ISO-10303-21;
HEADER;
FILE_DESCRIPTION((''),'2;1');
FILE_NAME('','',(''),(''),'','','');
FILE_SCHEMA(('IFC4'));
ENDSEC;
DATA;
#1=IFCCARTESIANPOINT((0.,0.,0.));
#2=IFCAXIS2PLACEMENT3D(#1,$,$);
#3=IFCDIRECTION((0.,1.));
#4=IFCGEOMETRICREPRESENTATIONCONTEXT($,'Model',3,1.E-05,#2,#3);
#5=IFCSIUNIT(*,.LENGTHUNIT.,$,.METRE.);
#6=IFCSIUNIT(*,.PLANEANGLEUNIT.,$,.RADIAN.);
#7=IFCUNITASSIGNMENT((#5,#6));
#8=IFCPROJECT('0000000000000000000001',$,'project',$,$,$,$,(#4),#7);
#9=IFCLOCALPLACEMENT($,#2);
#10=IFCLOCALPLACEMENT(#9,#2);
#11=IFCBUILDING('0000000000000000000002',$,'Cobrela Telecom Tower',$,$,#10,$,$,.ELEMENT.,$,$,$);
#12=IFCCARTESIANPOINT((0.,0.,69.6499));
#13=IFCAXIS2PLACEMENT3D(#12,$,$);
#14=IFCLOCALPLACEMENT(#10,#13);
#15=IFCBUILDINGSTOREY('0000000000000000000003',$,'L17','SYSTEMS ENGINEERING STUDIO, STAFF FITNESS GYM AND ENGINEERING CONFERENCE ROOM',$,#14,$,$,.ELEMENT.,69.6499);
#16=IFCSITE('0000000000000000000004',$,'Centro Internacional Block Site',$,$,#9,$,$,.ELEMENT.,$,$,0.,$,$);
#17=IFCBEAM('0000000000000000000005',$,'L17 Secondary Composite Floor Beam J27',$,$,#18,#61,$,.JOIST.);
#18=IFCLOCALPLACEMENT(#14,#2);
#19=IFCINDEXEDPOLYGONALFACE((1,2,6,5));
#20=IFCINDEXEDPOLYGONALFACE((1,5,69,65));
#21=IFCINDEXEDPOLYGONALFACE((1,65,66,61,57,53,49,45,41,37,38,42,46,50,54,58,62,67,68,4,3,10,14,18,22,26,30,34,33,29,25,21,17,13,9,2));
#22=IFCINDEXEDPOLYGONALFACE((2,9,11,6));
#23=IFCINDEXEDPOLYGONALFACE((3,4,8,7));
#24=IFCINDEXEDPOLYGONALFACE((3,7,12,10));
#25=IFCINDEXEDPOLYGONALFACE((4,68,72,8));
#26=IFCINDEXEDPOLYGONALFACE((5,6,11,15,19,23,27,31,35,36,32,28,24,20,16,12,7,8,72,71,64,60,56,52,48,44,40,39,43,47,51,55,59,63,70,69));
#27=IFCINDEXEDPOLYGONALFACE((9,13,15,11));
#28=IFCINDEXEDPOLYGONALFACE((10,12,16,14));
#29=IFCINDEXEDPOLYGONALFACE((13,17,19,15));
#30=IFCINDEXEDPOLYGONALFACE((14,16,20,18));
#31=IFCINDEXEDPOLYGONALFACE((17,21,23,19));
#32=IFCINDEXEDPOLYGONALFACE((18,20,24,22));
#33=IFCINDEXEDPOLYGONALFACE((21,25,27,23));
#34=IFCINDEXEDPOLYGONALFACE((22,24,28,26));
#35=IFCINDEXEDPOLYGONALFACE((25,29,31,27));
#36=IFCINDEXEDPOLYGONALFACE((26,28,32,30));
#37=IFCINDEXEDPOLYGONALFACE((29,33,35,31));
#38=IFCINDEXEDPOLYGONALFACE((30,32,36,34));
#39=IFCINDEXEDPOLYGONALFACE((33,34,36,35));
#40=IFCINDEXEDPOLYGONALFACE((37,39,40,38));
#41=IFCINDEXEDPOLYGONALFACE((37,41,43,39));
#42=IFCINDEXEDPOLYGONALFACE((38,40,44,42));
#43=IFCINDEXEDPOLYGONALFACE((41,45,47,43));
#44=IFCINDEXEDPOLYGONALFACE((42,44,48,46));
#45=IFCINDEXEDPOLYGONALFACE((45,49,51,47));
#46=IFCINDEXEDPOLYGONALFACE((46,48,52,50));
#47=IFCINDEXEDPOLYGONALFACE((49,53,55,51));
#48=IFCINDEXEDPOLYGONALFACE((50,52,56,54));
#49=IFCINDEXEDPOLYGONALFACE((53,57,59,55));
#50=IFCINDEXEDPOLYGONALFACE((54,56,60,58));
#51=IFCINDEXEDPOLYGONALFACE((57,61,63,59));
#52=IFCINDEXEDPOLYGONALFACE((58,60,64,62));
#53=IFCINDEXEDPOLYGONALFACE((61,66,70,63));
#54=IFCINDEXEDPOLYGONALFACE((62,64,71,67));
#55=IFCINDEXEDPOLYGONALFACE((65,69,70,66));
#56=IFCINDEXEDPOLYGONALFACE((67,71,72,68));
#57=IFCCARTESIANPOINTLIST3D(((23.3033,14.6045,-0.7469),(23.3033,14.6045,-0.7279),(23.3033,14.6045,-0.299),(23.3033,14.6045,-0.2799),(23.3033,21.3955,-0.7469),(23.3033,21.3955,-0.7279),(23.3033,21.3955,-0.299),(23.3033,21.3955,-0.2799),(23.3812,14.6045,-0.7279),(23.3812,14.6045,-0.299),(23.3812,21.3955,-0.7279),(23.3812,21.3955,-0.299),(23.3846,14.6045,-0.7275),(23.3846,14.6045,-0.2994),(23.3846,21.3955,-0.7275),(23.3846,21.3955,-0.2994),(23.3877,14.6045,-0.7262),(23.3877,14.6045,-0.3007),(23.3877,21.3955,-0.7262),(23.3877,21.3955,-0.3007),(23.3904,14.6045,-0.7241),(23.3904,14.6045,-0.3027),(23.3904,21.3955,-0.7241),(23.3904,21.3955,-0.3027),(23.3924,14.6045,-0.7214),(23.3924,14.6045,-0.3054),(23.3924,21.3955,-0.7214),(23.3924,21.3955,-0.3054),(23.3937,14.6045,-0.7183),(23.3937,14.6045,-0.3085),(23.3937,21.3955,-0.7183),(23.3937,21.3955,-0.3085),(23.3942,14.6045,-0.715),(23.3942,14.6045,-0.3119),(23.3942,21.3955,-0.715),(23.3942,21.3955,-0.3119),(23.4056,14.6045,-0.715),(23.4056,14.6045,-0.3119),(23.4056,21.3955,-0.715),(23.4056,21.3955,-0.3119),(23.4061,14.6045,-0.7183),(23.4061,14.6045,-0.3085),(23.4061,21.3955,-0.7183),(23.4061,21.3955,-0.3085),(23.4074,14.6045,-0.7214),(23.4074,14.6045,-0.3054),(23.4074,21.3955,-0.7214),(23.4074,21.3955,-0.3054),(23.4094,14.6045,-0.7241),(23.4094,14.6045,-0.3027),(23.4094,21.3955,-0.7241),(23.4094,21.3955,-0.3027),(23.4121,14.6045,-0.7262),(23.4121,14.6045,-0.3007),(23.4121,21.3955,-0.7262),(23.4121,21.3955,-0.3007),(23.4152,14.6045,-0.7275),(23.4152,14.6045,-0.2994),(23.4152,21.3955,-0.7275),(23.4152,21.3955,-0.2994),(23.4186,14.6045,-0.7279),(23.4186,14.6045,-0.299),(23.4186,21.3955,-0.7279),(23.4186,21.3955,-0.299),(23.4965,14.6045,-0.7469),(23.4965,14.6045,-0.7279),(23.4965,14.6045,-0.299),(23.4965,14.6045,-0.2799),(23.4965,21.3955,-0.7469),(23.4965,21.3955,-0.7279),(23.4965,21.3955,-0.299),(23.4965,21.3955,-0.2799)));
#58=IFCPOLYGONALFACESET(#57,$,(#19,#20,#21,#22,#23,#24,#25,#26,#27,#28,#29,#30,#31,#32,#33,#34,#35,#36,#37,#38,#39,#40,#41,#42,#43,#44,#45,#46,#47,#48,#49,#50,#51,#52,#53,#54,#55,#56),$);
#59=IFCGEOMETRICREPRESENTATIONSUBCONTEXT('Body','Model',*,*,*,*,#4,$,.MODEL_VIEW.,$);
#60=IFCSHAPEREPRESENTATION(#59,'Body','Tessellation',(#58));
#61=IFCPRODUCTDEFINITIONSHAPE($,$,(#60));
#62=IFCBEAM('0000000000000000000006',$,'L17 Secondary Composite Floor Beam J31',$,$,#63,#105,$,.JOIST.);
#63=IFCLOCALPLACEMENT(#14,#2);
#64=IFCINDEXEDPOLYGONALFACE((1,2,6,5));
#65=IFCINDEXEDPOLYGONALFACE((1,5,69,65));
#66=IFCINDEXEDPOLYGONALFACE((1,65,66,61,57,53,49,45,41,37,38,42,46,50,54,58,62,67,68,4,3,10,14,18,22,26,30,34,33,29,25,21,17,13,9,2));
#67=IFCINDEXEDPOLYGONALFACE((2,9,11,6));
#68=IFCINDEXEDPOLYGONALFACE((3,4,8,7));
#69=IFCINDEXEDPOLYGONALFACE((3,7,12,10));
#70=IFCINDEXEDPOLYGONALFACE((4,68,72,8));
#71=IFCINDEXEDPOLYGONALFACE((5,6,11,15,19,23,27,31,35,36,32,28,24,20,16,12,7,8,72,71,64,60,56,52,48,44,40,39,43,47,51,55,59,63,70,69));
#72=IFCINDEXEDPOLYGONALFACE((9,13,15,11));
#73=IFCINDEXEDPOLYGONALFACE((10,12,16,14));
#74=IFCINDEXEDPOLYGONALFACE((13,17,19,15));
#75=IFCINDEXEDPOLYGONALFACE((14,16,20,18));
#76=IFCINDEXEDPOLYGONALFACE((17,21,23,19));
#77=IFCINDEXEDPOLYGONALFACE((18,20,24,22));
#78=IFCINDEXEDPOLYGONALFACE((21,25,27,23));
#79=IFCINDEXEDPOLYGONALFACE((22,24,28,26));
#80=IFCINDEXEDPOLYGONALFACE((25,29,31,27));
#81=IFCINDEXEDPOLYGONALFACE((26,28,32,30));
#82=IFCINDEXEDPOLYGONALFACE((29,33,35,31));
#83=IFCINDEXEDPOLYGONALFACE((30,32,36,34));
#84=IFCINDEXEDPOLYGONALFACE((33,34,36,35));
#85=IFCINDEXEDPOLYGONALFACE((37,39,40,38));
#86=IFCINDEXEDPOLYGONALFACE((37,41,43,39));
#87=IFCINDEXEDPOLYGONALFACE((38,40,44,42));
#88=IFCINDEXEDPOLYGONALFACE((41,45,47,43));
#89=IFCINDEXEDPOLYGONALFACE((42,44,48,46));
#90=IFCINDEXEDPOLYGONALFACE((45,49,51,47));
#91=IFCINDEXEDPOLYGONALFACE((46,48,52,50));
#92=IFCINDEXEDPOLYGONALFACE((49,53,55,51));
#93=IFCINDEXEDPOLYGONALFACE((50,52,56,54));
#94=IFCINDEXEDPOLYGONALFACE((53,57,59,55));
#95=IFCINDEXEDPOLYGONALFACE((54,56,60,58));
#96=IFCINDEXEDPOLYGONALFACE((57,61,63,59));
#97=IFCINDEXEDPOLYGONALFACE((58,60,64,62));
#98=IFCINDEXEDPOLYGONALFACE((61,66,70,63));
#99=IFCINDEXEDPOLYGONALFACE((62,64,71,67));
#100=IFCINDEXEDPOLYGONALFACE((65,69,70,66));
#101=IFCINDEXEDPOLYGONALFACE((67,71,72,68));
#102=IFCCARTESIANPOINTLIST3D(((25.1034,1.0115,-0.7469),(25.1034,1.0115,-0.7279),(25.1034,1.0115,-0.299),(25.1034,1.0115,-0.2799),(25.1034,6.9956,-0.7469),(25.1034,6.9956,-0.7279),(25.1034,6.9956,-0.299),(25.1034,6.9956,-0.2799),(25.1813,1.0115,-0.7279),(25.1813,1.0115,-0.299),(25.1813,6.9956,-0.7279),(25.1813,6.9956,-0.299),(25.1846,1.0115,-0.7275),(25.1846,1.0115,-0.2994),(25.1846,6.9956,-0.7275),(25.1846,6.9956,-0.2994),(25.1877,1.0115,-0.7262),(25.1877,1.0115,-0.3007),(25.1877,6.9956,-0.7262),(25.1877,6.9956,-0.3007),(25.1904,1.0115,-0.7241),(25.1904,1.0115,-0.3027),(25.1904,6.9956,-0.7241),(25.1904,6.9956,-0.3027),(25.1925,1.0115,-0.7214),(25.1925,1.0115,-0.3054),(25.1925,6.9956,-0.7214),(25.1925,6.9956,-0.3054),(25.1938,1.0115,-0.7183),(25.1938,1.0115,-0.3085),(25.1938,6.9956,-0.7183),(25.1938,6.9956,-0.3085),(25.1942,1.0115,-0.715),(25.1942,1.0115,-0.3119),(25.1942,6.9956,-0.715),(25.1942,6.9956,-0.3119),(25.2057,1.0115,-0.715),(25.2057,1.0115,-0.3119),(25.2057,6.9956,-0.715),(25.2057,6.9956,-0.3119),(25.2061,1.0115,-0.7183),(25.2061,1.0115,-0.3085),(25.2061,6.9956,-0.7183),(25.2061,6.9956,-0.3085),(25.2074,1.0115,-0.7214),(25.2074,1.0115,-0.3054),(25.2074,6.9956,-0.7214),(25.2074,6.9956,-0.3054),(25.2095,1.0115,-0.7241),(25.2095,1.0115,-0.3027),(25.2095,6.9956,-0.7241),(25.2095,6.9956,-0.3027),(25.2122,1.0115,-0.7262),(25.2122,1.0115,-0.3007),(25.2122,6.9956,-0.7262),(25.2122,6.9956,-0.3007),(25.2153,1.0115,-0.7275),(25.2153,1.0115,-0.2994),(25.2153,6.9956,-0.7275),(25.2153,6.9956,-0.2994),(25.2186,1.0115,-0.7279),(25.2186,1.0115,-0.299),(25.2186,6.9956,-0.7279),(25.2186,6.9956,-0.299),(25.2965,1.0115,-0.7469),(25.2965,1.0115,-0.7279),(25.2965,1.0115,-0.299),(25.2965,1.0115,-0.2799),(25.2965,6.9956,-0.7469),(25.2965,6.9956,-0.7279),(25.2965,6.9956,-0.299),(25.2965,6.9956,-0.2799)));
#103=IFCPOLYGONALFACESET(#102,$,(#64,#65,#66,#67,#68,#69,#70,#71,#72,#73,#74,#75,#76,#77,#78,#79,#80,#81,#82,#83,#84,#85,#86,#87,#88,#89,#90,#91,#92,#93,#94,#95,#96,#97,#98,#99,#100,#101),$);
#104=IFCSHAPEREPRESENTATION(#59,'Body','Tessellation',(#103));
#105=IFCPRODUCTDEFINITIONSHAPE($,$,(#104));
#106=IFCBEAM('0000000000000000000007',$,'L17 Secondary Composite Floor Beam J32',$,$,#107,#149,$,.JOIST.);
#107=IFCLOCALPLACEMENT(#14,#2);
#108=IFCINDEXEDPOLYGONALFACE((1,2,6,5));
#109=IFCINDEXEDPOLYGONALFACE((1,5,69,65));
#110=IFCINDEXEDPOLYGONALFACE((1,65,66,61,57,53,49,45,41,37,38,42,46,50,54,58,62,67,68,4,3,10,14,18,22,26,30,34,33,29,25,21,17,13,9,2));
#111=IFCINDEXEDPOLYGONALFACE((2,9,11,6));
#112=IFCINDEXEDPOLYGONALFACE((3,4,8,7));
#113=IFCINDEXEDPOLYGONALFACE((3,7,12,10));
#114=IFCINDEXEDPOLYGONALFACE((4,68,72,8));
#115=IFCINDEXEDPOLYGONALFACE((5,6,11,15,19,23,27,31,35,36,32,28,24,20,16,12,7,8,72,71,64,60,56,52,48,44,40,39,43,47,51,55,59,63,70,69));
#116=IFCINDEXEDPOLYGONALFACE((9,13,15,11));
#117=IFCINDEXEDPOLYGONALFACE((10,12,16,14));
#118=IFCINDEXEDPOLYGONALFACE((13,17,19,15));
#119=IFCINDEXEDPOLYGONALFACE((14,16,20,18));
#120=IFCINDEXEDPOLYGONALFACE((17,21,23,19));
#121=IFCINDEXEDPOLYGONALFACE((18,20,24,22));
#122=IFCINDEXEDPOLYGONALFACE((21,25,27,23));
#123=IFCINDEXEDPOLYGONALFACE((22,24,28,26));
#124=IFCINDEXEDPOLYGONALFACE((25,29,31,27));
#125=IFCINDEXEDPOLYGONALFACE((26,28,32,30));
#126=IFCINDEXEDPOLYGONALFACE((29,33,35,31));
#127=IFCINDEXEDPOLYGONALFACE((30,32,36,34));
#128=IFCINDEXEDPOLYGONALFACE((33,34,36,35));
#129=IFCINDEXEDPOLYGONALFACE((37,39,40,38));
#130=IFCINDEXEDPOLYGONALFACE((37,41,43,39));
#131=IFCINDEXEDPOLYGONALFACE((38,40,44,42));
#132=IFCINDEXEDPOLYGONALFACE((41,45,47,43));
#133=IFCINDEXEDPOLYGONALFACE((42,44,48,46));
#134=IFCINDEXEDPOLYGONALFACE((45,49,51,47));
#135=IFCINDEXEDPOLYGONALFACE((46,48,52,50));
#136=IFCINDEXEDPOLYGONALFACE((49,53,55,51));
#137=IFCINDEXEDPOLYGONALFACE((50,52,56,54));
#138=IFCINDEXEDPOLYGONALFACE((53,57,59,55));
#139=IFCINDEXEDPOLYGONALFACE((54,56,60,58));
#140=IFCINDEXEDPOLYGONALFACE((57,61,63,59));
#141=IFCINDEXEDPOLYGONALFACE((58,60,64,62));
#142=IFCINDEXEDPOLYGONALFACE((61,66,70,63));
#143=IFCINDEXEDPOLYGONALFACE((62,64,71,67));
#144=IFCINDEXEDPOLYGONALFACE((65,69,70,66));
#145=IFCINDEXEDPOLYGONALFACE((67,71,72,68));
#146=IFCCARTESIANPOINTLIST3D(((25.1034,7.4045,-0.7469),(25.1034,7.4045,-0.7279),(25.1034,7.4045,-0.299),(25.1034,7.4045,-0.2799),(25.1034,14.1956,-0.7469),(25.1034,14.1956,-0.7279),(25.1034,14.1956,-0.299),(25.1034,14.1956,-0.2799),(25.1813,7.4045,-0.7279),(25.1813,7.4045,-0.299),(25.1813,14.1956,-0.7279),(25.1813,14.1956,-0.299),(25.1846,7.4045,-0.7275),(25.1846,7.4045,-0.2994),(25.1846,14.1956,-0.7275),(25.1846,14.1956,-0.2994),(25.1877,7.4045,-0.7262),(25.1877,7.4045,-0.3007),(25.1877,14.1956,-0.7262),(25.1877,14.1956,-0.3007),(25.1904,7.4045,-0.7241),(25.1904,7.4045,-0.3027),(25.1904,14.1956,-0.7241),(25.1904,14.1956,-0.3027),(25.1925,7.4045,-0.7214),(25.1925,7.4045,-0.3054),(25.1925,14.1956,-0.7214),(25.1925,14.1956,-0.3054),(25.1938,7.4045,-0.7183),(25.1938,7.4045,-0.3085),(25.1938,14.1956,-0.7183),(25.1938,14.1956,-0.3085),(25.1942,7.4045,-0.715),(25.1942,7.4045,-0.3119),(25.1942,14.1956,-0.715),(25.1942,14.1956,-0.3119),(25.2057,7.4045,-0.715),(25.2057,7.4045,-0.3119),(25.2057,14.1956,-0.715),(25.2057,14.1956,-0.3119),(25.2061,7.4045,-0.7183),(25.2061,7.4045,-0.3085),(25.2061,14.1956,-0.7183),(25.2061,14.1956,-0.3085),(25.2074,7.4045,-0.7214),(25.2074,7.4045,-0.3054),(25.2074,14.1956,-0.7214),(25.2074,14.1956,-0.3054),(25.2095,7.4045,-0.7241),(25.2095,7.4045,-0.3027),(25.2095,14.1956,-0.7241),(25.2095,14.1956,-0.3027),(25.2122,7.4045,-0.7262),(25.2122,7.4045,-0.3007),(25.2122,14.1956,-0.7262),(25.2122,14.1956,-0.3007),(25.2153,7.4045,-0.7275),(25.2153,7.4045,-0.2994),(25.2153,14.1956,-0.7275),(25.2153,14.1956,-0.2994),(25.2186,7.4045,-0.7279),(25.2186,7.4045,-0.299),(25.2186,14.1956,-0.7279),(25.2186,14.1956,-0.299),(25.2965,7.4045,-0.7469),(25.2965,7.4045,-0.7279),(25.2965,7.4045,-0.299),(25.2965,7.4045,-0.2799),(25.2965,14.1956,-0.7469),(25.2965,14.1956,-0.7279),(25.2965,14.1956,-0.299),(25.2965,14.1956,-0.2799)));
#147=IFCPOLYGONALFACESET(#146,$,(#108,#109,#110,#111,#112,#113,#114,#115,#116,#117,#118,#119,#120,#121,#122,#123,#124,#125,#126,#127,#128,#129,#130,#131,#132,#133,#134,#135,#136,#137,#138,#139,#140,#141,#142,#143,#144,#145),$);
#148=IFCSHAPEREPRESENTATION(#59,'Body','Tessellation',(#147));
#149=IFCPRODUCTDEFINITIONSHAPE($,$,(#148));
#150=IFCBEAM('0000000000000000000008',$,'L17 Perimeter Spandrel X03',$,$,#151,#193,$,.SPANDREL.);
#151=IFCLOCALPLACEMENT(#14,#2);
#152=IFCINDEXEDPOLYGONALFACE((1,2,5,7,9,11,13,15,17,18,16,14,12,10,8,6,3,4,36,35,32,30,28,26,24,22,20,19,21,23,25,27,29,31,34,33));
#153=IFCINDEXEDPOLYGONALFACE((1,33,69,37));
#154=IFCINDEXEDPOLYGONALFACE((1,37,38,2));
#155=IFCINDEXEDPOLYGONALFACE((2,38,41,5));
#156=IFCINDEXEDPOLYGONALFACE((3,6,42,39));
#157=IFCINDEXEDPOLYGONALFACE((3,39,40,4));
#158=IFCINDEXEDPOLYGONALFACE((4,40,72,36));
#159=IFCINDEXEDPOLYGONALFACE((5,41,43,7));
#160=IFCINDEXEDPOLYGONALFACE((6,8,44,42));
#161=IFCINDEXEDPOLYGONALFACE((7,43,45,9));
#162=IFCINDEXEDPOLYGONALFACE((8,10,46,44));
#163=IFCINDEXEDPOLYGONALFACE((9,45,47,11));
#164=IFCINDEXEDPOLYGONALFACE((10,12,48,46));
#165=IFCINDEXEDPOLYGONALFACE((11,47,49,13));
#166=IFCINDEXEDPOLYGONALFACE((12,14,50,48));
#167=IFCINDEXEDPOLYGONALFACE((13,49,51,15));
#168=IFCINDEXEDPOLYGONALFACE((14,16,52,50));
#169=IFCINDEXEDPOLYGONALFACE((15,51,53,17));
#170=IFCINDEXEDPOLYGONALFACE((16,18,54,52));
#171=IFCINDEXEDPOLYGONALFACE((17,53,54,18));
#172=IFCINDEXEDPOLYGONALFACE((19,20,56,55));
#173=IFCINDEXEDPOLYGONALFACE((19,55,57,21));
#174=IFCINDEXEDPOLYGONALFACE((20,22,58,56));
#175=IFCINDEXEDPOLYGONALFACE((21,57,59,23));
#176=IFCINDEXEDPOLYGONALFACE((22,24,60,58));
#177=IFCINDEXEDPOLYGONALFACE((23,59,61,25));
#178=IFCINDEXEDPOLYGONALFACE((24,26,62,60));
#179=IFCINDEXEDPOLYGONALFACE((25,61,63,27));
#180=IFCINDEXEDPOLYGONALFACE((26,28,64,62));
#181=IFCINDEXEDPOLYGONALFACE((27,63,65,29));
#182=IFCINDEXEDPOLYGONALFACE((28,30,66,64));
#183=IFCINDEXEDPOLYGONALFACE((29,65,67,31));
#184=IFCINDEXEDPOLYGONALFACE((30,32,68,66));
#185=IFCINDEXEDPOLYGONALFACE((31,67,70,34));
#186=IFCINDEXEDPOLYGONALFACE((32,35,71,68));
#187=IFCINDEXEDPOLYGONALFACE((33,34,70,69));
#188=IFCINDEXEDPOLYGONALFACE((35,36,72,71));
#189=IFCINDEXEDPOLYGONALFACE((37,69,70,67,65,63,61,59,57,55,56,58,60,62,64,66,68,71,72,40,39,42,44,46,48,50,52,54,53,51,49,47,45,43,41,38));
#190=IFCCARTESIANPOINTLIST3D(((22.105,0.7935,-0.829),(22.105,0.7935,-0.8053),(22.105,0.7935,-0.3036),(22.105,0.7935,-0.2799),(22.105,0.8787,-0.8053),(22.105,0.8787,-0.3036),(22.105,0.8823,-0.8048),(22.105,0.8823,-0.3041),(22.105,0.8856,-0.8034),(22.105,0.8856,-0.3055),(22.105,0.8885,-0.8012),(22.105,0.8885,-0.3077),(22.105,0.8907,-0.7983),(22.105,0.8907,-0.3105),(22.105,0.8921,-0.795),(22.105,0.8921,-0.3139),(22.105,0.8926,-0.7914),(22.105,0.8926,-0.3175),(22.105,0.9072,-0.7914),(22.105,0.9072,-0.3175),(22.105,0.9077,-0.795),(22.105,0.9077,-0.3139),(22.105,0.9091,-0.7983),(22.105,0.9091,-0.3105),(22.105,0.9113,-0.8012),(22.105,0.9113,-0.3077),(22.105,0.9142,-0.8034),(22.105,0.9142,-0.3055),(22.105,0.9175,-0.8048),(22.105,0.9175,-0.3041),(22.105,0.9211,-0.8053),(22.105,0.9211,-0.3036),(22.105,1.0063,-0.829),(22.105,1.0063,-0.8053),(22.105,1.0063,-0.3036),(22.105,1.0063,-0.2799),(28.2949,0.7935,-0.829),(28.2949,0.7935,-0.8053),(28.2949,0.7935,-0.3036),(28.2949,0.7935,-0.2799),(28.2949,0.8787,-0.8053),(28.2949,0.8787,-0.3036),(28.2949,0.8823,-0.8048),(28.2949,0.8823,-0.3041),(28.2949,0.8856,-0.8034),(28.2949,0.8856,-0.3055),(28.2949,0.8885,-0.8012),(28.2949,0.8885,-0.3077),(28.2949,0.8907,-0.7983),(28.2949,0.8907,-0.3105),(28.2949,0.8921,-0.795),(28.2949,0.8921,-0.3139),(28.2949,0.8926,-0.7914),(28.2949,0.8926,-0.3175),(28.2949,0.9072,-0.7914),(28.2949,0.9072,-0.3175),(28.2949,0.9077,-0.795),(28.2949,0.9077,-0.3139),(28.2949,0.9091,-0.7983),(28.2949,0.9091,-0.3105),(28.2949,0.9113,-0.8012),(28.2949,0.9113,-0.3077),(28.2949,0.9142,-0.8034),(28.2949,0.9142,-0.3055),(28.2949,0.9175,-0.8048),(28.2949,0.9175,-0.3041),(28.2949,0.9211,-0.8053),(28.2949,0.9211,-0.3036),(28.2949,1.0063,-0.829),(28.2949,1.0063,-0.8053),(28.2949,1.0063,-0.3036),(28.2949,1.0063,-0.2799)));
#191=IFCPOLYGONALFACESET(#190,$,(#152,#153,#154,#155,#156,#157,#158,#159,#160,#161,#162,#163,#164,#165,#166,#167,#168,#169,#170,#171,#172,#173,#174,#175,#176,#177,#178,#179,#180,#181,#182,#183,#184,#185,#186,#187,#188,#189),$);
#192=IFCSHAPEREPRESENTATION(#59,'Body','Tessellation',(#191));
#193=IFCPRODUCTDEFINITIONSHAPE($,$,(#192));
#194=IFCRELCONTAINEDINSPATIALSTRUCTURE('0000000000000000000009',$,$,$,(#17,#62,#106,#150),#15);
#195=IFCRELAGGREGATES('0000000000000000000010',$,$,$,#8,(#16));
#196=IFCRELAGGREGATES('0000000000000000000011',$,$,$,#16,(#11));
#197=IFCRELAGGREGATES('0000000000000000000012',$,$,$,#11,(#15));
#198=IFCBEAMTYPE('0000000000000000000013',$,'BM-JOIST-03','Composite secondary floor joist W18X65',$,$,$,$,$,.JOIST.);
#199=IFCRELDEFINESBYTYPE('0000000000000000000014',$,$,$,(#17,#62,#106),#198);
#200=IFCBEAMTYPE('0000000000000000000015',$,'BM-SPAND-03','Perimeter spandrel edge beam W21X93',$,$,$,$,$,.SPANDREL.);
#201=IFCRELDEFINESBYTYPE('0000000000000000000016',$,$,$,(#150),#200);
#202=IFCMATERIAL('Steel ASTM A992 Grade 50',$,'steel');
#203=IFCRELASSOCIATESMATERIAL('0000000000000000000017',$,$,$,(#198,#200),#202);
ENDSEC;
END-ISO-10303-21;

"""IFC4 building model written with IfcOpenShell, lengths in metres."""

from ifc_helpers import new_model, si_unit, direction, frame, origin, origin_2d, place, context, subcontext, project, spatial, i_section, extrude, material, material_profile, profile_set, type_object, element, save


model = new_model("IFC4")

# Units and contexts
model_context = context("Model", 3, precision=1e-05, world=origin(), true_north=direction((0.0, 1.0)))
body_context = subcontext(model_context, "Body", "Model", "MODEL_VIEW")
ifc_project = project(units=[si_unit("LENGTHUNIT", "METRE"), si_unit("PLANEANGLEUNIT", "RADIAN")], contexts=[model_context])

# Site, building, storey
site_placement = place(None, origin())
site = spatial("IfcSite", under=ifc_project, at=site_placement, Name="Centro Internacional Block Site", CompositionType="ELEMENT", RefElevation=0.0)
building_placement = place(site_placement, origin())
building = spatial("IfcBuilding", under=site, at=building_placement, Name="Cobrela Telecom Tower", CompositionType="ELEMENT")
storey_placement = place(building_placement, frame((0.0, 0.0, 69.6499)))
storey = spatial("IfcBuildingStorey", under=building, at=storey_placement, Name="L17", Description="SYSTEMS ENGINEERING STUDIO, STAFF FITNESS GYM AND ENGINEERING CONFERENCE ROOM", CompositionType="ELEMENT", Elevation=69.6499)

# Shared definitions
ifc_material_1 = material(Name="Steel ASTM A992 Grade 50", Category="steel")

# Beams
ifc_material_profile_1 = material_profile(ifc_material_1, i_section(OverallWidth=0.1931, OverallDepth=0.467, WebThickness=0.0115, FlangeThickness=0.019, FilletRadius=0.0129, at=origin_2d()), Name="W18X65")
ifc_profile_set_1 = profile_set([ifc_material_profile_1], Name="Steel ASTM A992 Grade 50")
beam_type_1 = type_object("IfcBeamType", Name="BM-JOIST-03", Description="Composite secondary floor joist W18X65", PredefinedType="JOIST", material=ifc_profile_set_1)
for number, where, z_axis, x_axis, name in (
    (1, (23.3999, 14.6045, -0.5134), (0.0, 1.0, 0.0), (-1.0, 0.0, 0.0), "L17 Secondary Composite Floor Beam J27"),
):
    element("IfcBeam", number, at=place(storey_placement, frame(where, z_axis=z_axis, x_axis=x_axis)), inside=storey, type_object=beam_type_1, Name=name, PredefinedType="JOIST", context=body_context, shape_type="SweptSolid", body=[
        extrude(i_section(OverallWidth=0.1931, OverallDepth=0.467, WebThickness=0.0115, FlangeThickness=0.019, FilletRadius=0.0129, at=origin_2d()), origin(), (0.0, 0.0, 1.0), 6.791),
    ])
beam_1_placement = place(storey_placement, frame((25.2, 1.0115, -0.5134), z_axis=(0.0, 1.0, 0.0), x_axis=(-1.0, 0.0, 0.0)))
element("IfcBeam", 2, at=beam_1_placement, inside=storey, type_object=beam_type_1, Name="L17 Secondary Composite Floor Beam J31", PredefinedType="JOIST", context=body_context, shape_type="SweptSolid", body=[
    extrude(i_section(OverallWidth=0.1931, OverallDepth=0.467, WebThickness=0.0115, FlangeThickness=0.019, FilletRadius=0.0129, at=origin_2d()), origin(), (0.0, 0.0, 1.0), 5.9841),
])
beam_2_placement = place(storey_placement, frame((25.2, 7.4045, -0.5134), z_axis=(0.0, 1.0, 0.0), x_axis=(-1.0, 0.0, 0.0)))
element("IfcBeam", 3, at=beam_2_placement, inside=storey, type_object=beam_type_1, Name="L17 Secondary Composite Floor Beam J32", PredefinedType="JOIST", context=body_context, shape_type="SweptSolid", body=[
    extrude(i_section(OverallWidth=0.1931, OverallDepth=0.467, WebThickness=0.0115, FlangeThickness=0.019, FilletRadius=0.0129, at=origin_2d()), origin(), (0.0, 0.0, 1.0), 6.791),
])
ifc_material_profile_2 = material_profile(ifc_material_1, i_section(OverallWidth=0.2129, OverallDepth=0.5491, WebThickness=0.0146, FlangeThickness=0.0237, FilletRadius=0.0139, at=origin_2d()), Name="W21X93")
ifc_profile_set_2 = profile_set([ifc_material_profile_2], Name="Steel ASTM A992 Grade 50")
beam_type_2 = type_object("IfcBeamType", Name="BM-SPAND-03", Description="Perimeter spandrel edge beam W21X93", PredefinedType="SPANDREL", material=ifc_profile_set_2)
beam_3_placement = place(storey_placement, frame((22.105, 0.8999, -0.5544), z_axis=(1.0, 0.0, 0.0), x_axis=(0.0, 1.0, 0.0)))
element("IfcBeam", 4, at=beam_3_placement, inside=storey, type_object=beam_type_2, Name="L17 Perimeter Spandrel X03", PredefinedType="SPANDREL", context=body_context, shape_type="SweptSolid", body=[
    extrude(i_section(OverallWidth=0.2129, OverallDepth=0.5491, WebThickness=0.0146, FlangeThickness=0.0237, FilletRadius=0.0139, at=origin_2d()), origin(), (0.0, 0.0, 1.0), 6.1899),
])

save(model, "model.ifc")
